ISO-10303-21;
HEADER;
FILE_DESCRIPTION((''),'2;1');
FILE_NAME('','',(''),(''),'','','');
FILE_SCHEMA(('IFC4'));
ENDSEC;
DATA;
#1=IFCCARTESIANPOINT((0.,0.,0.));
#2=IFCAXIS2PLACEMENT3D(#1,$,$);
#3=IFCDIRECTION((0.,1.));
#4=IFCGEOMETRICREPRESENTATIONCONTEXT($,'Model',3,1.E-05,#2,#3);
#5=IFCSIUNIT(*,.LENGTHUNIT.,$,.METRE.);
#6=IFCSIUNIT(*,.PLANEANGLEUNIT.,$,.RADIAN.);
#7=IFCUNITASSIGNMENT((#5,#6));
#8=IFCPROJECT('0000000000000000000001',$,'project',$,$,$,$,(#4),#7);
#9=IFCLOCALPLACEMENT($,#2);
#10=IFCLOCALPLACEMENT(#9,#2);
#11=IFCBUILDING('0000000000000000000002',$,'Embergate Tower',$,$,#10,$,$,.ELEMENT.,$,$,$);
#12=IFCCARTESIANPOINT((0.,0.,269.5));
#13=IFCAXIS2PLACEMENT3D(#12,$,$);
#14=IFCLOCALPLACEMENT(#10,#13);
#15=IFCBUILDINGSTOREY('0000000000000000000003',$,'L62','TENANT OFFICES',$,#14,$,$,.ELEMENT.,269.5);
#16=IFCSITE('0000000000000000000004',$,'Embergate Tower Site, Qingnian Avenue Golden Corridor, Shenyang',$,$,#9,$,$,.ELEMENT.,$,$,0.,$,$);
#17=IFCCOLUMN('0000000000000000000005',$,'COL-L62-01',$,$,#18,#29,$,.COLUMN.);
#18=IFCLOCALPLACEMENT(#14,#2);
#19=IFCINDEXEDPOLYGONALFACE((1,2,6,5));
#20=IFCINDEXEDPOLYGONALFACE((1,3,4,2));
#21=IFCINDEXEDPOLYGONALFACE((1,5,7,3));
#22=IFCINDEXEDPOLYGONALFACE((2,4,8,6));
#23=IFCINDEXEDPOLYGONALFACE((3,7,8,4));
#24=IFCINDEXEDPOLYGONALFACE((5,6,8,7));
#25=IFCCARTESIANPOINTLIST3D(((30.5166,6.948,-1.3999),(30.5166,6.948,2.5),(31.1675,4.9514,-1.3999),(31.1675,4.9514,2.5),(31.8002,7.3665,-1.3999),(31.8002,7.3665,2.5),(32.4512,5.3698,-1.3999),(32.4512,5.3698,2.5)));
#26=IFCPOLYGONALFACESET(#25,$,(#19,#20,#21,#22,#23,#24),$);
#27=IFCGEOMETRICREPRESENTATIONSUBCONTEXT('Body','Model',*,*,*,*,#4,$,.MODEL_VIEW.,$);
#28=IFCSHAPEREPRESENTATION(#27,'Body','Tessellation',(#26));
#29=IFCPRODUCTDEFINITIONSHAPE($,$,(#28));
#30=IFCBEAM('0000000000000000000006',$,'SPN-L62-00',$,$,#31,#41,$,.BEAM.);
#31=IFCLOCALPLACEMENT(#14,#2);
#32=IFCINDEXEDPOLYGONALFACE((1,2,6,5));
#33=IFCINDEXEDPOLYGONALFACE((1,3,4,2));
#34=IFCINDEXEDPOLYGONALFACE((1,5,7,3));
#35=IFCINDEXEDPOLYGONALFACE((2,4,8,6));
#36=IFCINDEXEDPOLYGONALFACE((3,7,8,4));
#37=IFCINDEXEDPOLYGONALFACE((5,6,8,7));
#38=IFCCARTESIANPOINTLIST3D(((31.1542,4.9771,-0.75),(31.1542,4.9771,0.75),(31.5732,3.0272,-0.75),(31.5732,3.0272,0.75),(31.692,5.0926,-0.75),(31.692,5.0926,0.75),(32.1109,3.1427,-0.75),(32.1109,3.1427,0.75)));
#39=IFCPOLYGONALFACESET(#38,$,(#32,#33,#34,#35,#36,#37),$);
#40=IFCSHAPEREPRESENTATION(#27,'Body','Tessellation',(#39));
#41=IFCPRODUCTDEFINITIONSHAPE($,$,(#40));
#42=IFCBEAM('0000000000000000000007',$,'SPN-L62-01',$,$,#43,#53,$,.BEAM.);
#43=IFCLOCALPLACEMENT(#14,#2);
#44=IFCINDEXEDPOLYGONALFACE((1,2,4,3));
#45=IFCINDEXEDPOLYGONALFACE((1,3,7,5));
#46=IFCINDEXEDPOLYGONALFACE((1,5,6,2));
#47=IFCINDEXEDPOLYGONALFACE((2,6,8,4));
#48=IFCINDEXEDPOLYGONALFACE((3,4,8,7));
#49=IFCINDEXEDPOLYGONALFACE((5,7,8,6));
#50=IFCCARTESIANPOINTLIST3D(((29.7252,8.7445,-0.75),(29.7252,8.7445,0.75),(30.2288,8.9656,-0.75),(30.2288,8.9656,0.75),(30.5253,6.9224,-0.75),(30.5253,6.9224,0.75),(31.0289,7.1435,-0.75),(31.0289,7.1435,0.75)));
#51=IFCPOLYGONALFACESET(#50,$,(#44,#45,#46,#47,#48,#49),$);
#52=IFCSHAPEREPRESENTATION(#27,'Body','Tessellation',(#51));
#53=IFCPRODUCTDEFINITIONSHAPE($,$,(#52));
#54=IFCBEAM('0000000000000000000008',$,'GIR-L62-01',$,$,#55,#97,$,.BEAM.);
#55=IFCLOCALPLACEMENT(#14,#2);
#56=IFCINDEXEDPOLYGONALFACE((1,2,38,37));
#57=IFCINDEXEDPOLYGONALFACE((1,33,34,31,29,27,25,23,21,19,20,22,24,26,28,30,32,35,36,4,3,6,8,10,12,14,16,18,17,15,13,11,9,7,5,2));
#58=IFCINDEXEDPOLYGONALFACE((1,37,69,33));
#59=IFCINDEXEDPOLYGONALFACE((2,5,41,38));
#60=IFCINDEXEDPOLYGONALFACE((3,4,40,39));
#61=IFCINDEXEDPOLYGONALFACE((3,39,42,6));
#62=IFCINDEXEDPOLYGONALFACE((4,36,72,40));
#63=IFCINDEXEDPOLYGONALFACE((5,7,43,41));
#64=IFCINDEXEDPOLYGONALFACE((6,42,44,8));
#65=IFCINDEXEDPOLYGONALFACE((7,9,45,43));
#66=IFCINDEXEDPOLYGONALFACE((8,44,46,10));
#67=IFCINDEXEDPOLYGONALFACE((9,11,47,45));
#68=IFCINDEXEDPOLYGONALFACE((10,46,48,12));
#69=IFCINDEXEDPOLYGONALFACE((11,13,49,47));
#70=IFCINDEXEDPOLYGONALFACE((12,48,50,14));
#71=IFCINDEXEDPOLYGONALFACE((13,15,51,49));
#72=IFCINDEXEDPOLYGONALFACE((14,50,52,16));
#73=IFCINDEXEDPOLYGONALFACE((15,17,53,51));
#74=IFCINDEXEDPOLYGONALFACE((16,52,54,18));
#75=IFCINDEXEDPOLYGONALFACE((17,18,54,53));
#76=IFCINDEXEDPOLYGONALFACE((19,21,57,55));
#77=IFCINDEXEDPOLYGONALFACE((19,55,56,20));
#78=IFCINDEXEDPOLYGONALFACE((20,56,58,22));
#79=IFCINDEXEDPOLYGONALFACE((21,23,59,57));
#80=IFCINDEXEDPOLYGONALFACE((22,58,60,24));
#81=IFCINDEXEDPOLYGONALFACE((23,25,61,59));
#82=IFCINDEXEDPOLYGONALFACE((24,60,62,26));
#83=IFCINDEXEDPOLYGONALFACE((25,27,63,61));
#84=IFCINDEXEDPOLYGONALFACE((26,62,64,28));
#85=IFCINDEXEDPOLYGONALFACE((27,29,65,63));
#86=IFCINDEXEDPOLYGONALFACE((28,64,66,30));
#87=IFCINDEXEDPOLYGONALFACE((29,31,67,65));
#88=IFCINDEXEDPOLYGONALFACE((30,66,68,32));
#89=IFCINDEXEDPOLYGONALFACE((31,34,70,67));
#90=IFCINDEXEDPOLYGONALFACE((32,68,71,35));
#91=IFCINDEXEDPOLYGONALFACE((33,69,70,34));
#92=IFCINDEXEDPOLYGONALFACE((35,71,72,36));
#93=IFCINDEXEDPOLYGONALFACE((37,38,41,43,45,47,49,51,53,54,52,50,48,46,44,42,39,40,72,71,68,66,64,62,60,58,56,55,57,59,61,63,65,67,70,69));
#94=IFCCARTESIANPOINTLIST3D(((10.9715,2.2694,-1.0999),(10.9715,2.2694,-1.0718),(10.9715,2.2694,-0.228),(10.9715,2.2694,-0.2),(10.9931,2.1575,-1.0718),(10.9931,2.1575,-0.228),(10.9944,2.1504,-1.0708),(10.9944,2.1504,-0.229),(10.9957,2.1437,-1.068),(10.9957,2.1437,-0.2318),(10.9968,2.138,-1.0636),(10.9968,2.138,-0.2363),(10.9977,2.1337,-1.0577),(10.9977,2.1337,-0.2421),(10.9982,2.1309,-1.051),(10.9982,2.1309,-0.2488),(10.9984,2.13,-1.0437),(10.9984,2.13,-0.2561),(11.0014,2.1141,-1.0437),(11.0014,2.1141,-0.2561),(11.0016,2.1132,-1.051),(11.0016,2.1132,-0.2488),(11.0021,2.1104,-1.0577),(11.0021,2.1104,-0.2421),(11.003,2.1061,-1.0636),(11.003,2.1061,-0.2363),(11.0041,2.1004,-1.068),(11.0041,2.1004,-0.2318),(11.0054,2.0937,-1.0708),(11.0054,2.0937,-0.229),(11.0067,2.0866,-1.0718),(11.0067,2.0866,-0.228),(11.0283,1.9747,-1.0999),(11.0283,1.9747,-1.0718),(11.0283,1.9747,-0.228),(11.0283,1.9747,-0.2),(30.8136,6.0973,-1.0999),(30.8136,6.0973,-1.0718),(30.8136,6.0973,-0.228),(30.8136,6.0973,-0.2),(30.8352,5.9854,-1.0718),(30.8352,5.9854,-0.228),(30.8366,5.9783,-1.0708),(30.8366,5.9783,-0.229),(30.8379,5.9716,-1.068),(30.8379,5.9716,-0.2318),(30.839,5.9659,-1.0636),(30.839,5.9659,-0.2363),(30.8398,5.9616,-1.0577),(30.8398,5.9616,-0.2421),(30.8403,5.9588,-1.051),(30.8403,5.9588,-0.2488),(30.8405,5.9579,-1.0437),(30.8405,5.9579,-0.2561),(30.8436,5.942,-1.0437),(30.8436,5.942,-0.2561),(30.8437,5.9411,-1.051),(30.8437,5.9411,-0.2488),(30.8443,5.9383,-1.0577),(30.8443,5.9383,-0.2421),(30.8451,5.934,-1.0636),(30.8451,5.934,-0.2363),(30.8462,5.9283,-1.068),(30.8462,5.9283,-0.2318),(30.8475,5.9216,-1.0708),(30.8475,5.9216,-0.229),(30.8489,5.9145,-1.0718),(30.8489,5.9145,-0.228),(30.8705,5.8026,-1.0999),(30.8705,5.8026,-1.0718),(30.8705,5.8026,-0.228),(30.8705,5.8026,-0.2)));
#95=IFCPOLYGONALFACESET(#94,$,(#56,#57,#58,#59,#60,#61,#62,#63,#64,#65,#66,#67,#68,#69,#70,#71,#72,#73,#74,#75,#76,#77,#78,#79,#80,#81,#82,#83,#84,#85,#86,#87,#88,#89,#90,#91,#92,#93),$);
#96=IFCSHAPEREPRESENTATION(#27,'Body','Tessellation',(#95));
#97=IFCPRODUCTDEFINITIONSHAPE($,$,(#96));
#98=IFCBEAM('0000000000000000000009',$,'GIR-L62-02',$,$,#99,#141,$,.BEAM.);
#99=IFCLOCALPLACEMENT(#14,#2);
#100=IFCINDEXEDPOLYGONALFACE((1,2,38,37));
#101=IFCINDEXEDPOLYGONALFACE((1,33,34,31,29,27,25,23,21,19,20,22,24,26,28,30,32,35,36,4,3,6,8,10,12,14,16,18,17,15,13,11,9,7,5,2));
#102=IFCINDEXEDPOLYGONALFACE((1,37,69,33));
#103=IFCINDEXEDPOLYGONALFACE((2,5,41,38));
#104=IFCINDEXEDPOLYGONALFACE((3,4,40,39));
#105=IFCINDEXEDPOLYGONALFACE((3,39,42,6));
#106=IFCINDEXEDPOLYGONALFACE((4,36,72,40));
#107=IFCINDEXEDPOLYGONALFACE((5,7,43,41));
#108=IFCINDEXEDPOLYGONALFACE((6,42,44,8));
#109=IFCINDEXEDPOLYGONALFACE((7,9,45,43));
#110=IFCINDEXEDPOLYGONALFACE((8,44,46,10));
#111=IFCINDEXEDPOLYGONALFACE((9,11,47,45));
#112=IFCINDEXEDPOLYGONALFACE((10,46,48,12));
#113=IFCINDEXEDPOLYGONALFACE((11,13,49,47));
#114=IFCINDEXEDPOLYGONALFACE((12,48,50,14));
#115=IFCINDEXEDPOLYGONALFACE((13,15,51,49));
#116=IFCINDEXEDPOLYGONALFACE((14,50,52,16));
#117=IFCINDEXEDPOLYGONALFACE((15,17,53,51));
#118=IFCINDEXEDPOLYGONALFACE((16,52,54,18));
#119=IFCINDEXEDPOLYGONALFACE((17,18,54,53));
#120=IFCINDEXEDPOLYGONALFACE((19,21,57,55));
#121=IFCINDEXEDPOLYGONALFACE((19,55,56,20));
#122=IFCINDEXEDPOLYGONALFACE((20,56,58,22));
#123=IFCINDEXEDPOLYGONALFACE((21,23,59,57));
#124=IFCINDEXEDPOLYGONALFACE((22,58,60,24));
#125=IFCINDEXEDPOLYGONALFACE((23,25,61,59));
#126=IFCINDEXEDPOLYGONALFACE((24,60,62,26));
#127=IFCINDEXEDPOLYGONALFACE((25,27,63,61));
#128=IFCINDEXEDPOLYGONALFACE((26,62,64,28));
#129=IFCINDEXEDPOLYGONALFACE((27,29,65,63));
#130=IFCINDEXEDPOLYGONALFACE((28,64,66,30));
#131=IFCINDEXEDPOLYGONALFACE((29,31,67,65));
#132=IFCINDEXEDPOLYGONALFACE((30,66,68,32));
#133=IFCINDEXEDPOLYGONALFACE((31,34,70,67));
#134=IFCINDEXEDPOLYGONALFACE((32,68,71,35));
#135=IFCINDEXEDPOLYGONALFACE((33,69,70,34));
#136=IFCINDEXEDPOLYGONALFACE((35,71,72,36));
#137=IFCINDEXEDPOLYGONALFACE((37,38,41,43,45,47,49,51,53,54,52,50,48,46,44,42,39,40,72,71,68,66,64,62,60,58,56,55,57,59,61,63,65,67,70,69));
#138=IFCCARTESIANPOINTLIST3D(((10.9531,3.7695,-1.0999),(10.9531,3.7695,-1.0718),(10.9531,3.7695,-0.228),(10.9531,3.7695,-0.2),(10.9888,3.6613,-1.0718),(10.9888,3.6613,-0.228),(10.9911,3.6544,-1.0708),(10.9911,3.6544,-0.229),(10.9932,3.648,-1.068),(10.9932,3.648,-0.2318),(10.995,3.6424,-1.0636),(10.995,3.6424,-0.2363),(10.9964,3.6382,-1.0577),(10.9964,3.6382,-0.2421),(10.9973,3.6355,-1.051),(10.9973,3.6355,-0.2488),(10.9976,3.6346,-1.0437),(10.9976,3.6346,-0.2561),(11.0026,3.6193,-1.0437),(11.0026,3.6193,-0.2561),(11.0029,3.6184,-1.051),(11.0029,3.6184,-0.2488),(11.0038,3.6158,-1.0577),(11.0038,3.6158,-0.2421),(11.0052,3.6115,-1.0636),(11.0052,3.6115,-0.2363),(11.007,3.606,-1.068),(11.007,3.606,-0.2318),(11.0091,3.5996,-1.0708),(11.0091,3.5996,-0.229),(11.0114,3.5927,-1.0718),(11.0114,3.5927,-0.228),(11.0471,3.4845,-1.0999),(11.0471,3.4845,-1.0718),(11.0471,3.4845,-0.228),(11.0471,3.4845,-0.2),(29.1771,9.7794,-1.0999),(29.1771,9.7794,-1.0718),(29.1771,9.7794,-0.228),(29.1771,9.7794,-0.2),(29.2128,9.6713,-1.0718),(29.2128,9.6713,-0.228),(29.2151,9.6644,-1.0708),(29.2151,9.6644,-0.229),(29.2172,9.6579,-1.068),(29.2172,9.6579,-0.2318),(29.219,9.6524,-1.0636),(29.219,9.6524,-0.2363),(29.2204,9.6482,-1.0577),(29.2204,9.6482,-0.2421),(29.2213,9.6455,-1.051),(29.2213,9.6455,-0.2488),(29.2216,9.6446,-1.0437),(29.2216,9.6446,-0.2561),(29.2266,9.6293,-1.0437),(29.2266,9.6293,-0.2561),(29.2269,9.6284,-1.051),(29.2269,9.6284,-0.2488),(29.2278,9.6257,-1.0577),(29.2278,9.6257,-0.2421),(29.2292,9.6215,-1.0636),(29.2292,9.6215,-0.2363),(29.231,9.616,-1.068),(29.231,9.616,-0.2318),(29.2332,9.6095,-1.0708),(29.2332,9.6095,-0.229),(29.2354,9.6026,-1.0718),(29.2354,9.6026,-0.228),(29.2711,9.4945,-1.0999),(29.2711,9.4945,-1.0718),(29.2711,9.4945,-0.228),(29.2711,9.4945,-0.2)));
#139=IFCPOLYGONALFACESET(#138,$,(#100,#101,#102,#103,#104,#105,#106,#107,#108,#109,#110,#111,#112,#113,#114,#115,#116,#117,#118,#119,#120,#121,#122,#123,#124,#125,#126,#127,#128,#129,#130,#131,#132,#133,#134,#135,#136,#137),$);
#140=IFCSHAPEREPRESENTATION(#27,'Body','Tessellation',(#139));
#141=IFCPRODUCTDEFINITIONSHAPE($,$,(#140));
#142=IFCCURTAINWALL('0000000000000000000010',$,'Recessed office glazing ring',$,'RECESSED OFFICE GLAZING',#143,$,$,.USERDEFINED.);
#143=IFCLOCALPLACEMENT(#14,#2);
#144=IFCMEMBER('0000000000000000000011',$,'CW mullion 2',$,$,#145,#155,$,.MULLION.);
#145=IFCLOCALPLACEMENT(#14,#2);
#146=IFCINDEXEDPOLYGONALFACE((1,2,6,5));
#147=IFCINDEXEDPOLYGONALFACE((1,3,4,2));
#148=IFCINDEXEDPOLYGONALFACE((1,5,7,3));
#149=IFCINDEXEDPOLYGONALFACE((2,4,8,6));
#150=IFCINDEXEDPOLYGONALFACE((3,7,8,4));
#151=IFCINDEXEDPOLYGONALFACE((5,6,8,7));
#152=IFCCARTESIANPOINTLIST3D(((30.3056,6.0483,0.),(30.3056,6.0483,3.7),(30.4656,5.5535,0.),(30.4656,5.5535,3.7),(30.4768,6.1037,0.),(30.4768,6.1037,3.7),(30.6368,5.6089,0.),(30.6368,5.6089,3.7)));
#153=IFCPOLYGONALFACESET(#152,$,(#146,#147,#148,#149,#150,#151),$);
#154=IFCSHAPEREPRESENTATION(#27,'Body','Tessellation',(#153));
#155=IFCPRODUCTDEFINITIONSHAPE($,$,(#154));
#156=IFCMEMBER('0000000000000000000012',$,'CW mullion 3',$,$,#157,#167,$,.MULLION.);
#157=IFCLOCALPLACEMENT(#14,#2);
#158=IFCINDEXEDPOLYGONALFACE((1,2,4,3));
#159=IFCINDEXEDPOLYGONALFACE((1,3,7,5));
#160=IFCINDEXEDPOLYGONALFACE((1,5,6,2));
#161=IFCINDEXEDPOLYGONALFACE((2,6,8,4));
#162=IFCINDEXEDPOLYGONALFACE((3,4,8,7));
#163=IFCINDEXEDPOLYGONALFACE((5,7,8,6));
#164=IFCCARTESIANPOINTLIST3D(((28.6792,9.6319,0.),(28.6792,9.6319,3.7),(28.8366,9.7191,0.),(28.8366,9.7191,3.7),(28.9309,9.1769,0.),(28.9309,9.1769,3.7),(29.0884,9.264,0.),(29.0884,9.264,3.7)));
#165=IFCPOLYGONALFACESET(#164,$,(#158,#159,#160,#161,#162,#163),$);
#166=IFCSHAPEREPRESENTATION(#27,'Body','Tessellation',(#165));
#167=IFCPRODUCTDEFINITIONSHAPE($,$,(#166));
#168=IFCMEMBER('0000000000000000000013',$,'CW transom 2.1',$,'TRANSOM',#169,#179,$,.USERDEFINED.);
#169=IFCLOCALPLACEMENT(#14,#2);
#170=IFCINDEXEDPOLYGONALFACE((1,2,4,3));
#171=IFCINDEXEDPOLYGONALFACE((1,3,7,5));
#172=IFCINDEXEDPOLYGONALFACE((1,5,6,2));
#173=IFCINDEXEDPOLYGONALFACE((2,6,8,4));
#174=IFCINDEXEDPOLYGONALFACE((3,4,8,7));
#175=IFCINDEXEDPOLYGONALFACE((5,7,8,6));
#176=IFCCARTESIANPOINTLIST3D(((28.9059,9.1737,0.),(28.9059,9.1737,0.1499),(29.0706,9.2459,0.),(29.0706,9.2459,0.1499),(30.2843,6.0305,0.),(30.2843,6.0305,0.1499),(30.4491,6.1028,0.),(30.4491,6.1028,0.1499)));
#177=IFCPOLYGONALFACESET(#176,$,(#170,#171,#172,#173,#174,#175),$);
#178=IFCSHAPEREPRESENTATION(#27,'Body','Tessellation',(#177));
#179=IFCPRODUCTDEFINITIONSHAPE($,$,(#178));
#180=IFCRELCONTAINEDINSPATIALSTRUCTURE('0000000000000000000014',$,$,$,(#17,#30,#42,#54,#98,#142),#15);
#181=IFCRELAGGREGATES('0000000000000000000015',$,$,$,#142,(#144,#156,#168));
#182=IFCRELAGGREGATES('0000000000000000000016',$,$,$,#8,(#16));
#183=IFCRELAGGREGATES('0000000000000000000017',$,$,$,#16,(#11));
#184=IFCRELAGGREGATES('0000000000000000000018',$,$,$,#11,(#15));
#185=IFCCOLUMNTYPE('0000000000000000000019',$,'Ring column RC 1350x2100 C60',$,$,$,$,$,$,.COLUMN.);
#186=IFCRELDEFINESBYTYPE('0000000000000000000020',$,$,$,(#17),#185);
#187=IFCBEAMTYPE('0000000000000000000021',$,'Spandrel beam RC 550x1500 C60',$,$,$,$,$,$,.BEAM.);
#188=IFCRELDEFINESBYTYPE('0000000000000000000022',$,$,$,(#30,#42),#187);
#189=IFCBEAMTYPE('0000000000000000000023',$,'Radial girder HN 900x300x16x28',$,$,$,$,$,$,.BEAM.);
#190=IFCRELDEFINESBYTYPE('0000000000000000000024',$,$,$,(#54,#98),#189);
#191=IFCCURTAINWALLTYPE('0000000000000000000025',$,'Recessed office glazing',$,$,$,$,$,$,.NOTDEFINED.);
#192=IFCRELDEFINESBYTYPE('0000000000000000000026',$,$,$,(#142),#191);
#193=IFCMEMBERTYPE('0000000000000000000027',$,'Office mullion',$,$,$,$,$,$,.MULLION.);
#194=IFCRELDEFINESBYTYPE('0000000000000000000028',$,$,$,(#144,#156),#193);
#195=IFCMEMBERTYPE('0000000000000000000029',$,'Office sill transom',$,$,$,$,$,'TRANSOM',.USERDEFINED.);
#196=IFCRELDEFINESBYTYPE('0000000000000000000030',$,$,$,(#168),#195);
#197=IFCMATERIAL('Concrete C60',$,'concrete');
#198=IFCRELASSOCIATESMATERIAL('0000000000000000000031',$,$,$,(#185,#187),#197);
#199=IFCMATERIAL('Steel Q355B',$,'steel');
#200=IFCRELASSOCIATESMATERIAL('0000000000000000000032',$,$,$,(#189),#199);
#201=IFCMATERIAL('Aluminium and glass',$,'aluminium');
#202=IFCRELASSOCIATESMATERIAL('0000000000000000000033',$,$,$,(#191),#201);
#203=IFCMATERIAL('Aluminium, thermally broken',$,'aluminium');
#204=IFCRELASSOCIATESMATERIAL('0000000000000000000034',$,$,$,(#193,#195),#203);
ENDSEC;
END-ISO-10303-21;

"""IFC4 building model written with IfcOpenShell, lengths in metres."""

from ifc_helpers import new_model, si_unit, direction, frame, origin, origin_2d, place, context, subcontext, project, spatial, rectangle, i_section, extrude, source, transform, mapped, material, material_profile, profile_set, type_object, element, aggregate, save


model = new_model("IFC4")

# Units and contexts
model_context = context("Model", 3, precision=1e-05, world=origin(), true_north=direction((0.0, 1.0)))
body_context = subcontext(model_context, "Body", "Model", "MODEL_VIEW")
ifc_project = project(units=[si_unit("LENGTHUNIT", "METRE"), si_unit("PLANEANGLEUNIT", "RADIAN")], contexts=[model_context])

# Site, building, storey
site_placement = place(None, origin())
site = spatial("IfcSite", under=ifc_project, at=site_placement, Name="Embergate Tower Site, Qingnian Avenue Golden Corridor, Shenyang", CompositionType="ELEMENT", RefElevation=0.0)
building_placement = place(site_placement, origin())
building = spatial("IfcBuilding", under=site, at=building_placement, Name="Embergate Tower", CompositionType="ELEMENT")
storey_placement = place(building_placement, frame((0.0, 0.0, 269.5)))
storey = spatial("IfcBuildingStorey", under=building, at=storey_placement, Name="L62", Description="TENANT OFFICES", CompositionType="ELEMENT", Elevation=269.5)

# Column
ifc_material_1 = material(Name="Concrete C60", Category="concrete")
ifc_material_profile_1 = material_profile(ifc_material_1, rectangle(XDim=1.3501, YDim=2.1001, at=origin_2d()), Name="RC 1350x2100")
ifc_profile_set_1 = profile_set([ifc_material_profile_1], Name="Concrete C60")
column_type = type_object("IfcColumnType", Name="Ring column RC 1350x2100 C60", PredefinedType="COLUMN", material=ifc_profile_set_1)
shared_shape_1 = source(origin(), body_context, "Body", "SweptSolid", [
    extrude(rectangle(XDim=1.3501, YDim=2.1001, at=origin_2d()), origin(), (0.0, 0.0, 1.0), 3.8999),
])
column_placement = place(storey_placement, frame((31.4839, 6.1589, -1.3999), z_axis=(0.0, 0.0, 1.0), x_axis=(0.950754, 0.309946, 0.0)))
element("IfcColumn", 1, at=column_placement, inside=storey, type_object=column_type, Name="COL-L62-01", PredefinedType="COLUMN", context=body_context, shape_type="MappedRepresentation", body=[
    mapped(shared_shape_1, transform((0.0, 0.0, 0.0))),
])

# Beams
ifc_material_profile_2 = material_profile(ifc_material_1, rectangle(XDim=0.55, YDim=1.5, at=origin_2d()), Name="RC 550x1500")
ifc_profile_set_2 = profile_set([ifc_material_profile_2], Name="Concrete C60")
beam_type_1 = type_object("IfcBeamType", Name="Spandrel beam RC 550x1500 C60", PredefinedType="BEAM", material=ifc_profile_set_2)
shared_shape_2 = source(origin(), body_context, "Body", "SweptSolid", [
    extrude(rectangle(XDim=0.55, YDim=1.5, at=origin_2d()), origin(), (0.0, 0.0, 1.0), 1.9944),
])
beam_1_placement = place(storey_placement, frame((31.842, 3.085, 0.0), z_axis=(-0.210056, 0.977689, 0.0), x_axis=(-0.977689, -0.210056, 0.0)))
element("IfcBeam", 2, at=beam_1_placement, inside=storey, type_object=beam_type_1, Name="SPN-L62-00", PredefinedType="BEAM", context=body_context, shape_type="MappedRepresentation", body=[
    mapped(shared_shape_2, transform((0.0, 0.0, 0.0))),
])
shared_shape_3 = source(origin(), body_context, "Body", "SweptSolid", [
    extrude(rectangle(XDim=0.55, YDim=1.5, at=origin_2d()), origin(), (0.0, 0.0, 1.0), 1.99),
])
beam_2_placement = place(storey_placement, frame((30.7771, 7.033, 0.0), z_axis=(-0.402048, 0.915619, 0.0), x_axis=(-0.915619, -0.402048, 0.0)))
element("IfcBeam", 3, at=beam_2_placement, inside=storey, type_object=beam_type_1, Name="SPN-L62-01", PredefinedType="BEAM", context=body_context, shape_type="MappedRepresentation", body=[
    mapped(shared_shape_3, transform((0.0, 0.0, 0.0))),
])
ifc_material_2 = material(Name="Steel Q355B", Category="steel")
ifc_material_profile_3 = material_profile(ifc_material_2, i_section(OverallWidth=0.3, OverallDepth=0.8999, WebThickness=0.0161, FlangeThickness=0.0281, FilletRadius=0.0281, at=origin_2d()), Name="HN 900x300x16x28")
ifc_profile_set_3 = profile_set([ifc_material_profile_3], Name="Steel Q355 grade B")
beam_type_2 = type_object("IfcBeamType", Name="Radial girder HN 900x300x16x28", PredefinedType="BEAM", material=ifc_profile_set_3)
shared_shape_4 = source(origin(), body_context, "Body", "SweptSolid", [
    extrude(i_section(OverallWidth=0.3, OverallDepth=0.8999, WebThickness=0.0161, FlangeThickness=0.0281, FilletRadius=0.0281, at=origin_2d()), origin(), (0.0, 0.0, 1.0), 20.208),
])
beam_3_placement = place(storey_placement, frame((30.842, 5.95, -0.6499), z_axis=(-0.981895, -0.189425, 0.0), x_axis=(0.189425, -0.981895, 0.0)))
element("IfcBeam", 4, at=beam_3_placement, inside=storey, type_object=beam_type_2, Name="GIR-L62-01", PredefinedType="BEAM", context=body_context, shape_type="MappedRepresentation", body=[
    mapped(shared_shape_4, transform((0.0, 0.0, 0.0))),
])
shared_shape_5 = source(origin(), body_context, "Body", "SweptSolid", [
    extrude(i_section(OverallWidth=0.3, OverallDepth=0.8999, WebThickness=0.0161, FlangeThickness=0.0281, FilletRadius=0.0281, at=origin_2d()), origin(), (0.0, 0.0, 1.0), 19.1895),
])
beam_4_placement = place(storey_placement, frame((29.2241, 9.637, -0.6499), z_axis=(-0.94969, -0.313192, 0.0), x_axis=(0.313192, -0.94969, 0.0)))
element("IfcBeam", 5, at=beam_4_placement, inside=storey, type_object=beam_type_2, Name="GIR-L62-02", PredefinedType="BEAM", context=body_context, shape_type="MappedRepresentation", body=[
    mapped(shared_shape_5, transform((0.0, 0.0, 0.0))),
])

# Curtain wall, members
ifc_material_3 = material(Name="Aluminium and glass", Category="aluminium")
curtain_wall_type = type_object("IfcCurtainWallType", Name="Recessed office glazing", PredefinedType="NOTDEFINED", material=ifc_material_3)
curtain_wall_placement = place(storey_placement, origin())
curtain_wall = element("IfcCurtainWall", 6, at=curtain_wall_placement, inside=storey, type_object=curtain_wall_type, Name="Recessed office glazing ring", ObjectType="RECESSED OFFICE GLAZING", PredefinedType="USERDEFINED")
ifc_material_4 = material(Name="Aluminium, thermally broken", Category="aluminium")
ifc_material_profile_4 = material_profile(ifc_material_4, rectangle(XDim=0.1799, YDim=0.52, at=origin_2d()), Name="AL 520x180")
ifc_profile_set_4 = profile_set([ifc_material_profile_4], Name="Aluminium, thermally broken")
member_type_1 = type_object("IfcMemberType", Name="Office mullion", PredefinedType="MULLION", material=ifc_profile_set_4)
shared_shape_6 = source(origin(), body_context, "Body", "SweptSolid", [
    extrude(rectangle(XDim=0.1799, YDim=0.52, at=origin_2d()), origin(), (0.0, 0.0, 1.0), 3.7),
])
member_1_placement = place(storey_placement, frame((30.4712, 5.8286, 0.0), z_axis=(0.0, 0.0, 1.0), x_axis=(-0.951493, -0.307671, 0.0)))
member_1 = element("IfcMember", 7, at=member_1_placement, type_object=member_type_1, Name="CW mullion 2", PredefinedType="MULLION", context=body_context, shape_type="MappedRepresentation", body=[
    mapped(shared_shape_6, transform((0.0, 0.0, 0.0))),
])
member_2_placement = place(storey_placement, frame((28.8838, 9.448, 0.0), z_axis=(0.0, 0.0, 1.0), x_axis=(-0.874993, -0.484136, 0.0)))
member_2 = element("IfcMember", 8, at=member_2_placement, type_object=member_type_1, Name="CW mullion 3", PredefinedType="MULLION", context=body_context, shape_type="MappedRepresentation", body=[
    mapped(shared_shape_6, transform((0.0, 0.0, 0.0))),
])
ifc_material_profile_5 = material_profile(ifc_material_4, rectangle(XDim=0.1799, YDim=0.1499, at=origin_2d()), Name="AL 150x180")
ifc_profile_set_5 = profile_set([ifc_material_profile_5], Name="Aluminium, thermally broken")
member_type_2 = type_object("IfcMemberType", Name="Office sill transom", ElementType="TRANSOM", PredefinedType="USERDEFINED", material=ifc_profile_set_5)
shared_shape_7 = source(origin(), body_context, "Body", "SweptSolid", [
    extrude(rectangle(XDim=0.1799, YDim=0.1499, at=origin_2d()), origin(), (0.0, 0.0, 1.0), 3.4321),
])
member_3_placement = place(storey_placement, frame((30.3667, 6.0667, 0.075), z_axis=(-0.401632, 0.915801, 0.0), x_axis=(-0.915801, -0.401632, 0.0)))
member_3 = element("IfcMember", 9, at=member_3_placement, type_object=member_type_2, Name="CW transom 2.1", ObjectType="TRANSOM", PredefinedType="USERDEFINED", context=body_context, shape_type="MappedRepresentation", body=[
    mapped(shared_shape_7, transform((0.0, 0.0, 0.0))),
])
aggregate(curtain_wall, [member_1, member_2, member_3])

save(model, "model.ifc")
